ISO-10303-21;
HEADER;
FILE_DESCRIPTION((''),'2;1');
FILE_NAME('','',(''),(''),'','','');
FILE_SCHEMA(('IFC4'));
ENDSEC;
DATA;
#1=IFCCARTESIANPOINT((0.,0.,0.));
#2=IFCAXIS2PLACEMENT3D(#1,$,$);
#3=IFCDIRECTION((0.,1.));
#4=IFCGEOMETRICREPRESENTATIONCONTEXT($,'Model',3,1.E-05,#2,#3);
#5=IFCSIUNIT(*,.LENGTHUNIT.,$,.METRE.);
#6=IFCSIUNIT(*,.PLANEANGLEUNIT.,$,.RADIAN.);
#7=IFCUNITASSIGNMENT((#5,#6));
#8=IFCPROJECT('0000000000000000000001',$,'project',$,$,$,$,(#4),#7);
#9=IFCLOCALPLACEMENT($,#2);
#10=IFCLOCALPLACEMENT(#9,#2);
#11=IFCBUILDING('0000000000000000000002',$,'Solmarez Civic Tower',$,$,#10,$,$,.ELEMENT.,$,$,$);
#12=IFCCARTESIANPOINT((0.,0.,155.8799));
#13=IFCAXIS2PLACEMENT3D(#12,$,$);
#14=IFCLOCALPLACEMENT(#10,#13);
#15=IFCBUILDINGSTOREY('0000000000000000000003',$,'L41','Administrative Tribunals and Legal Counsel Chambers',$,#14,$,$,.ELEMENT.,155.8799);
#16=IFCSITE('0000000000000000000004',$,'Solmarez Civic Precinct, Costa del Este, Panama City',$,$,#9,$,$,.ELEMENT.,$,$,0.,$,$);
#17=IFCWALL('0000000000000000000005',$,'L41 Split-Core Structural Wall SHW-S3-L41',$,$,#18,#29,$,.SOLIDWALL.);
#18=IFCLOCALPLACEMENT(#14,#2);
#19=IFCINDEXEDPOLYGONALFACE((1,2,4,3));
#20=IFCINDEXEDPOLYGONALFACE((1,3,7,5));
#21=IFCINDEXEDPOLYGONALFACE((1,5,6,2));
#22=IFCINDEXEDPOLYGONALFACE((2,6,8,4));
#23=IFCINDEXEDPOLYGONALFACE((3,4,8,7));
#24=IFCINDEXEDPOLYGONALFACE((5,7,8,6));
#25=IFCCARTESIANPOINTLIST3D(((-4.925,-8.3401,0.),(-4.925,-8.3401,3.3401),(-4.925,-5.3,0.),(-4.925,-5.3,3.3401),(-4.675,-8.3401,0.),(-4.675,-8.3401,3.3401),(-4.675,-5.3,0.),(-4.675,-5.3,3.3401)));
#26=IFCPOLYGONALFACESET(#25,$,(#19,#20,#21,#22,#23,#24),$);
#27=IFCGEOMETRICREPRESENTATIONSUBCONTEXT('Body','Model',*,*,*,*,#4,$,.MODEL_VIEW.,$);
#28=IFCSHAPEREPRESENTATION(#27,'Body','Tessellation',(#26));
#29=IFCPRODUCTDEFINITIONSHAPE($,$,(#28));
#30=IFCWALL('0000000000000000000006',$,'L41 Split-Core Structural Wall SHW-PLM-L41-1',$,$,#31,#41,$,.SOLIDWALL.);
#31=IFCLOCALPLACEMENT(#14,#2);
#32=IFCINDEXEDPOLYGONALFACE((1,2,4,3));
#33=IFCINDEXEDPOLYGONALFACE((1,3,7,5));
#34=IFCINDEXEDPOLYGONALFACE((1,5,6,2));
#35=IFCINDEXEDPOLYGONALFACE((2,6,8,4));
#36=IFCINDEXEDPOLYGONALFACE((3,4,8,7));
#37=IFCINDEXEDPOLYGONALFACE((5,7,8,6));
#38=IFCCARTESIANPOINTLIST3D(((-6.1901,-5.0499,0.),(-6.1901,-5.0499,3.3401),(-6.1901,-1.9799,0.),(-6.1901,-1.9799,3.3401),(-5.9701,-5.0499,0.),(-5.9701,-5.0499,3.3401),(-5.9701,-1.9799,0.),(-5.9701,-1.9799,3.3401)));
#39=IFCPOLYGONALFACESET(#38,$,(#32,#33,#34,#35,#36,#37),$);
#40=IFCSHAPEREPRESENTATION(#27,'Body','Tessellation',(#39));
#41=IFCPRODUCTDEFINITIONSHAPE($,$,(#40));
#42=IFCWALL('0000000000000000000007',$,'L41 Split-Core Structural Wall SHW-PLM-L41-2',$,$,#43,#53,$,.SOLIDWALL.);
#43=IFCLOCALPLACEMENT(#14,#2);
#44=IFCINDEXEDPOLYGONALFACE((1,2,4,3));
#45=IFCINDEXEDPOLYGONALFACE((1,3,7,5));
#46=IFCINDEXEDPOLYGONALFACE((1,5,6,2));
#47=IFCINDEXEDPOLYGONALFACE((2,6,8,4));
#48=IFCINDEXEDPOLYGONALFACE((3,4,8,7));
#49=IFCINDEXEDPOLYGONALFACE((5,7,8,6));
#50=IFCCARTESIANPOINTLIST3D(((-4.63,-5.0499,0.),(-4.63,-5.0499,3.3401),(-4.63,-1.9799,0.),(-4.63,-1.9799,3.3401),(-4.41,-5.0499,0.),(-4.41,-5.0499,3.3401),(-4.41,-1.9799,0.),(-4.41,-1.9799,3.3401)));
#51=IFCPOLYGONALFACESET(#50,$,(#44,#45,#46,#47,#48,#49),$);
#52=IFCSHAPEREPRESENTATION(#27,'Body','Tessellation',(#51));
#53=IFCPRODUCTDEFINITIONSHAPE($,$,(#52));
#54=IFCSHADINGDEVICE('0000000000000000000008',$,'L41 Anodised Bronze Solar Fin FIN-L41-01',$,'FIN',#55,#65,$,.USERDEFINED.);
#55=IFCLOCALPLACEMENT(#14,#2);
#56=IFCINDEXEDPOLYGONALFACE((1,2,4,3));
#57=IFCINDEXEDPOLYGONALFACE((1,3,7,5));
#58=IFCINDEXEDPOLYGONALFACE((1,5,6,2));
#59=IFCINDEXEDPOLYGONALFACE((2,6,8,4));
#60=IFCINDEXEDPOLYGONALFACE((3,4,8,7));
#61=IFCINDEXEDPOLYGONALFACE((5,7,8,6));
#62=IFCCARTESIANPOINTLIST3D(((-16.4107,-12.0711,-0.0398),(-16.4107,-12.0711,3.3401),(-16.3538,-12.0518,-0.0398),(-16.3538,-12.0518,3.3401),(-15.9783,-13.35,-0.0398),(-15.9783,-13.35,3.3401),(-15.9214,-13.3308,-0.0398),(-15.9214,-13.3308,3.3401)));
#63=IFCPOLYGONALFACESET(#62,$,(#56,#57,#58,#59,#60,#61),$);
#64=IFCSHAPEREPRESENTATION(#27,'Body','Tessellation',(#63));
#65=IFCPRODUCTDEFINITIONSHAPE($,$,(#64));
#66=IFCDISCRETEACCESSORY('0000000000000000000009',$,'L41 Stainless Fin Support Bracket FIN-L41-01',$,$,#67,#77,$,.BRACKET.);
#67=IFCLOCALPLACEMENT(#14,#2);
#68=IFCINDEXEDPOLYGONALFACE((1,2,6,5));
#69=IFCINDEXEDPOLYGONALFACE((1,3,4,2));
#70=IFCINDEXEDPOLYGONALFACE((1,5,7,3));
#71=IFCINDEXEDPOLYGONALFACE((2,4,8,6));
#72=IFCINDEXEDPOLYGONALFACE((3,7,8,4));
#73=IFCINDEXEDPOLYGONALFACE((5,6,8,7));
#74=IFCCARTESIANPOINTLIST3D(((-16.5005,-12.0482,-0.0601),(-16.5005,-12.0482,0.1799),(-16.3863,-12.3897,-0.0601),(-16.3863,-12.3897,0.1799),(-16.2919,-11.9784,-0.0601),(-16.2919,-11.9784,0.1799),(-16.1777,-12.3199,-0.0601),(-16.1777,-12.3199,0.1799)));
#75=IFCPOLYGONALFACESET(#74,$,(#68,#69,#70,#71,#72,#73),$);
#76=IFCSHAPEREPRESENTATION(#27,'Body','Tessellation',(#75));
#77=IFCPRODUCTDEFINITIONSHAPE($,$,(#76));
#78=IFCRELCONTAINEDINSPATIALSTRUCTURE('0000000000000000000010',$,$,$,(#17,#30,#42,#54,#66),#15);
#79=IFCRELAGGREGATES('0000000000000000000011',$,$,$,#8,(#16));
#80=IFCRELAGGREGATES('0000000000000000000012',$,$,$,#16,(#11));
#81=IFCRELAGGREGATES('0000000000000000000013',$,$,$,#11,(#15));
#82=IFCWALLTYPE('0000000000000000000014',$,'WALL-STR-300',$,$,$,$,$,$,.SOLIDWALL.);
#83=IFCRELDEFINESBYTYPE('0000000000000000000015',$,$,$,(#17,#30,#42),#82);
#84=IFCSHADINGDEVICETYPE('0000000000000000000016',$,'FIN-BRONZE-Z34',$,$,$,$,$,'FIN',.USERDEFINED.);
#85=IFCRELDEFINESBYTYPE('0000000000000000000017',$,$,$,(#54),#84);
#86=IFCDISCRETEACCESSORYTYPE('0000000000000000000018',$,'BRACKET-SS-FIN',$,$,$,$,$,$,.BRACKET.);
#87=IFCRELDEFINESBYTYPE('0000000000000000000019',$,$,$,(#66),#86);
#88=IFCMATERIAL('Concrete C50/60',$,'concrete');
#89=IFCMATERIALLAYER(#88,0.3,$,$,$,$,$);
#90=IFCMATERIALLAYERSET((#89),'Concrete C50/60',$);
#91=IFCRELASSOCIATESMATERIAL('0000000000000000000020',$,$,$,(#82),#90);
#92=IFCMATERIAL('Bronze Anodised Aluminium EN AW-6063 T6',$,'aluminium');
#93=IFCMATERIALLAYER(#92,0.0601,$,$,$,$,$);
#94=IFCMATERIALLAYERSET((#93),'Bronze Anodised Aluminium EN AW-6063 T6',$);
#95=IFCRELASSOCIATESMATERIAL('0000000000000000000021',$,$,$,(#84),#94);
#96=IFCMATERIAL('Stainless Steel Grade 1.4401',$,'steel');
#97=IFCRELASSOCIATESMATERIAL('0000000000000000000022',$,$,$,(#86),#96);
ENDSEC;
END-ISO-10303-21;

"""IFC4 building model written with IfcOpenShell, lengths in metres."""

from ifc_helpers import new_model, si_unit, direction, frame, frame_2d, origin, origin_2d, place, context, subcontext, project, spatial, rectangle, extrude, material, layer, layer_set, type_object, element, save


model = new_model("IFC4")

# Units and contexts
model_context = context("Model", 3, precision=1e-05, world=origin(), true_north=direction((0.0, 1.0)))
body_context = subcontext(model_context, "Body", "Model", "MODEL_VIEW")
ifc_project = project(units=[si_unit("LENGTHUNIT", "METRE"), si_unit("PLANEANGLEUNIT", "RADIAN")], contexts=[model_context])

# Site, building, storey
site_placement = place(None, origin())
site = spatial("IfcSite", under=ifc_project, at=site_placement, Name="Solmarez Civic Precinct, Costa del Este, Panama City", CompositionType="ELEMENT", RefElevation=0.0)
building_placement = place(site_placement, origin())
building = spatial("IfcBuilding", under=site, at=building_placement, Name="Solmarez Civic Tower", CompositionType="ELEMENT")
storey_placement = place(building_placement, frame((0.0, 0.0, 155.8799)))
storey = spatial("IfcBuildingStorey", under=building, at=storey_placement, Name="L41", Description="Administrative Tribunals and Legal Counsel Chambers", CompositionType="ELEMENT", Elevation=155.8799)

# Shared definitions
ifc_material_1 = material(Name="Concrete C50/60", Category="concrete")

# Shared definitions
ifc_layer_1 = layer(ifc_material_1, 0.3)
ifc_layer_set_1 = layer_set([ifc_layer_1], Name="Concrete C50/60")
wall_type_1 = type_object("IfcWallType", Name="WALL-STR-300", PredefinedType="SOLIDWALL", material=ifc_layer_set_1)

# Walls
wall_1_placement = place(storey_placement, frame((-4.8, -8.3401, 0.0), z_axis=(0.0, 0.0, 1.0), x_axis=(0.0, 1.0, 0.0)))
element("IfcWall", 1, at=wall_1_placement, inside=storey, type_object=wall_type_1, Name="L41 Split-Core Structural Wall SHW-S3-L41", PredefinedType="SOLIDWALL", context=body_context, shape_type="SweptSolid", body=[
    extrude(rectangle(XDim=3.04, YDim=0.25, at=frame_2d((1.52, 0.0))), origin(), (0.0, 0.0, 1.0), 3.3401),
])
for number, where, z_axis, x_axis, name in (
    (2, (-6.0801, -5.05, 0.0), (0.0, 0.0, 1.0), (0.0, 1.0, 0.0), "L41 Split-Core Structural Wall SHW-PLM-L41-1"),
    (3, (-4.52, -5.05, 0.0), (0.0, 0.0, 1.0), (0.0, 1.0, 0.0), "L41 Split-Core Structural Wall SHW-PLM-L41-2"),
):
    element("IfcWall", number, at=place(storey_placement, frame(where, z_axis=z_axis, x_axis=x_axis)), inside=storey, type_object=wall_type_1, Name=name, PredefinedType="SOLIDWALL", context=body_context, shape_type="SweptSolid", body=[
        extrude(rectangle(XDim=3.0701, YDim=0.22, at=frame_2d((1.5352, 0.0))), origin(), (0.0, 0.0, 1.0), 3.3401),
    ])

# Shading device
ifc_material_2 = material(Name="Bronze Anodised Aluminium EN AW-6063 T6", Category="aluminium")
ifc_layer_2 = layer(ifc_material_2, 0.0601)
ifc_layer_set_2 = layer_set([ifc_layer_2], Name="Bronze Anodised Aluminium EN AW-6063 T6")
shading_device_type = type_object("IfcShadingDeviceType", Name="FIN-BRONZE-Z34", ElementType="FIN", PredefinedType="USERDEFINED", material=ifc_layer_set_2)
shading_device_placement = place(storey_placement, frame((-16.166, -12.7009, -0.0398), z_axis=(0.0, 0.0, 1.0), x_axis=(0.320282, -0.947322, 0.0)))
element("IfcShadingDevice", 4, at=shading_device_placement, inside=storey, type_object=shading_device_type, Name="L41 Anodised Bronze Solar Fin FIN-L41-01", ObjectType="FIN", PredefinedType="USERDEFINED", context=body_context, shape_type="SweptSolid", body=[
    extrude(rectangle(XDim=1.3501, YDim=0.0601, at=origin_2d()), origin(), (0.0, 0.0, 1.0), 3.3799),
])

# Discrete accessory
ifc_material_3 = material(Name="Stainless Steel Grade 1.4401", Category="steel")
discrete_accessory_type = type_object("IfcDiscreteAccessoryType", Name="BRACKET-SS-FIN", PredefinedType="BRACKET", material=ifc_material_3)
discrete_accessory_placement = place(storey_placement, frame((-16.3391, -12.1841, -0.0601), z_axis=(0.0, 0.0, 1.0), x_axis=(0.317267, -0.948336, 0.0)))
element("IfcDiscreteAccessory", 5, at=discrete_accessory_placement, inside=storey, type_object=discrete_accessory_type, Name="L41 Stainless Fin Support Bracket FIN-L41-01", PredefinedType="BRACKET", context=body_context, shape_type="SweptSolid", body=[
    extrude(rectangle(XDim=0.3601, YDim=0.22, at=origin_2d()), origin(), (0.0, 0.0, 1.0), 0.24),
])

save(model, "model.ifc")
